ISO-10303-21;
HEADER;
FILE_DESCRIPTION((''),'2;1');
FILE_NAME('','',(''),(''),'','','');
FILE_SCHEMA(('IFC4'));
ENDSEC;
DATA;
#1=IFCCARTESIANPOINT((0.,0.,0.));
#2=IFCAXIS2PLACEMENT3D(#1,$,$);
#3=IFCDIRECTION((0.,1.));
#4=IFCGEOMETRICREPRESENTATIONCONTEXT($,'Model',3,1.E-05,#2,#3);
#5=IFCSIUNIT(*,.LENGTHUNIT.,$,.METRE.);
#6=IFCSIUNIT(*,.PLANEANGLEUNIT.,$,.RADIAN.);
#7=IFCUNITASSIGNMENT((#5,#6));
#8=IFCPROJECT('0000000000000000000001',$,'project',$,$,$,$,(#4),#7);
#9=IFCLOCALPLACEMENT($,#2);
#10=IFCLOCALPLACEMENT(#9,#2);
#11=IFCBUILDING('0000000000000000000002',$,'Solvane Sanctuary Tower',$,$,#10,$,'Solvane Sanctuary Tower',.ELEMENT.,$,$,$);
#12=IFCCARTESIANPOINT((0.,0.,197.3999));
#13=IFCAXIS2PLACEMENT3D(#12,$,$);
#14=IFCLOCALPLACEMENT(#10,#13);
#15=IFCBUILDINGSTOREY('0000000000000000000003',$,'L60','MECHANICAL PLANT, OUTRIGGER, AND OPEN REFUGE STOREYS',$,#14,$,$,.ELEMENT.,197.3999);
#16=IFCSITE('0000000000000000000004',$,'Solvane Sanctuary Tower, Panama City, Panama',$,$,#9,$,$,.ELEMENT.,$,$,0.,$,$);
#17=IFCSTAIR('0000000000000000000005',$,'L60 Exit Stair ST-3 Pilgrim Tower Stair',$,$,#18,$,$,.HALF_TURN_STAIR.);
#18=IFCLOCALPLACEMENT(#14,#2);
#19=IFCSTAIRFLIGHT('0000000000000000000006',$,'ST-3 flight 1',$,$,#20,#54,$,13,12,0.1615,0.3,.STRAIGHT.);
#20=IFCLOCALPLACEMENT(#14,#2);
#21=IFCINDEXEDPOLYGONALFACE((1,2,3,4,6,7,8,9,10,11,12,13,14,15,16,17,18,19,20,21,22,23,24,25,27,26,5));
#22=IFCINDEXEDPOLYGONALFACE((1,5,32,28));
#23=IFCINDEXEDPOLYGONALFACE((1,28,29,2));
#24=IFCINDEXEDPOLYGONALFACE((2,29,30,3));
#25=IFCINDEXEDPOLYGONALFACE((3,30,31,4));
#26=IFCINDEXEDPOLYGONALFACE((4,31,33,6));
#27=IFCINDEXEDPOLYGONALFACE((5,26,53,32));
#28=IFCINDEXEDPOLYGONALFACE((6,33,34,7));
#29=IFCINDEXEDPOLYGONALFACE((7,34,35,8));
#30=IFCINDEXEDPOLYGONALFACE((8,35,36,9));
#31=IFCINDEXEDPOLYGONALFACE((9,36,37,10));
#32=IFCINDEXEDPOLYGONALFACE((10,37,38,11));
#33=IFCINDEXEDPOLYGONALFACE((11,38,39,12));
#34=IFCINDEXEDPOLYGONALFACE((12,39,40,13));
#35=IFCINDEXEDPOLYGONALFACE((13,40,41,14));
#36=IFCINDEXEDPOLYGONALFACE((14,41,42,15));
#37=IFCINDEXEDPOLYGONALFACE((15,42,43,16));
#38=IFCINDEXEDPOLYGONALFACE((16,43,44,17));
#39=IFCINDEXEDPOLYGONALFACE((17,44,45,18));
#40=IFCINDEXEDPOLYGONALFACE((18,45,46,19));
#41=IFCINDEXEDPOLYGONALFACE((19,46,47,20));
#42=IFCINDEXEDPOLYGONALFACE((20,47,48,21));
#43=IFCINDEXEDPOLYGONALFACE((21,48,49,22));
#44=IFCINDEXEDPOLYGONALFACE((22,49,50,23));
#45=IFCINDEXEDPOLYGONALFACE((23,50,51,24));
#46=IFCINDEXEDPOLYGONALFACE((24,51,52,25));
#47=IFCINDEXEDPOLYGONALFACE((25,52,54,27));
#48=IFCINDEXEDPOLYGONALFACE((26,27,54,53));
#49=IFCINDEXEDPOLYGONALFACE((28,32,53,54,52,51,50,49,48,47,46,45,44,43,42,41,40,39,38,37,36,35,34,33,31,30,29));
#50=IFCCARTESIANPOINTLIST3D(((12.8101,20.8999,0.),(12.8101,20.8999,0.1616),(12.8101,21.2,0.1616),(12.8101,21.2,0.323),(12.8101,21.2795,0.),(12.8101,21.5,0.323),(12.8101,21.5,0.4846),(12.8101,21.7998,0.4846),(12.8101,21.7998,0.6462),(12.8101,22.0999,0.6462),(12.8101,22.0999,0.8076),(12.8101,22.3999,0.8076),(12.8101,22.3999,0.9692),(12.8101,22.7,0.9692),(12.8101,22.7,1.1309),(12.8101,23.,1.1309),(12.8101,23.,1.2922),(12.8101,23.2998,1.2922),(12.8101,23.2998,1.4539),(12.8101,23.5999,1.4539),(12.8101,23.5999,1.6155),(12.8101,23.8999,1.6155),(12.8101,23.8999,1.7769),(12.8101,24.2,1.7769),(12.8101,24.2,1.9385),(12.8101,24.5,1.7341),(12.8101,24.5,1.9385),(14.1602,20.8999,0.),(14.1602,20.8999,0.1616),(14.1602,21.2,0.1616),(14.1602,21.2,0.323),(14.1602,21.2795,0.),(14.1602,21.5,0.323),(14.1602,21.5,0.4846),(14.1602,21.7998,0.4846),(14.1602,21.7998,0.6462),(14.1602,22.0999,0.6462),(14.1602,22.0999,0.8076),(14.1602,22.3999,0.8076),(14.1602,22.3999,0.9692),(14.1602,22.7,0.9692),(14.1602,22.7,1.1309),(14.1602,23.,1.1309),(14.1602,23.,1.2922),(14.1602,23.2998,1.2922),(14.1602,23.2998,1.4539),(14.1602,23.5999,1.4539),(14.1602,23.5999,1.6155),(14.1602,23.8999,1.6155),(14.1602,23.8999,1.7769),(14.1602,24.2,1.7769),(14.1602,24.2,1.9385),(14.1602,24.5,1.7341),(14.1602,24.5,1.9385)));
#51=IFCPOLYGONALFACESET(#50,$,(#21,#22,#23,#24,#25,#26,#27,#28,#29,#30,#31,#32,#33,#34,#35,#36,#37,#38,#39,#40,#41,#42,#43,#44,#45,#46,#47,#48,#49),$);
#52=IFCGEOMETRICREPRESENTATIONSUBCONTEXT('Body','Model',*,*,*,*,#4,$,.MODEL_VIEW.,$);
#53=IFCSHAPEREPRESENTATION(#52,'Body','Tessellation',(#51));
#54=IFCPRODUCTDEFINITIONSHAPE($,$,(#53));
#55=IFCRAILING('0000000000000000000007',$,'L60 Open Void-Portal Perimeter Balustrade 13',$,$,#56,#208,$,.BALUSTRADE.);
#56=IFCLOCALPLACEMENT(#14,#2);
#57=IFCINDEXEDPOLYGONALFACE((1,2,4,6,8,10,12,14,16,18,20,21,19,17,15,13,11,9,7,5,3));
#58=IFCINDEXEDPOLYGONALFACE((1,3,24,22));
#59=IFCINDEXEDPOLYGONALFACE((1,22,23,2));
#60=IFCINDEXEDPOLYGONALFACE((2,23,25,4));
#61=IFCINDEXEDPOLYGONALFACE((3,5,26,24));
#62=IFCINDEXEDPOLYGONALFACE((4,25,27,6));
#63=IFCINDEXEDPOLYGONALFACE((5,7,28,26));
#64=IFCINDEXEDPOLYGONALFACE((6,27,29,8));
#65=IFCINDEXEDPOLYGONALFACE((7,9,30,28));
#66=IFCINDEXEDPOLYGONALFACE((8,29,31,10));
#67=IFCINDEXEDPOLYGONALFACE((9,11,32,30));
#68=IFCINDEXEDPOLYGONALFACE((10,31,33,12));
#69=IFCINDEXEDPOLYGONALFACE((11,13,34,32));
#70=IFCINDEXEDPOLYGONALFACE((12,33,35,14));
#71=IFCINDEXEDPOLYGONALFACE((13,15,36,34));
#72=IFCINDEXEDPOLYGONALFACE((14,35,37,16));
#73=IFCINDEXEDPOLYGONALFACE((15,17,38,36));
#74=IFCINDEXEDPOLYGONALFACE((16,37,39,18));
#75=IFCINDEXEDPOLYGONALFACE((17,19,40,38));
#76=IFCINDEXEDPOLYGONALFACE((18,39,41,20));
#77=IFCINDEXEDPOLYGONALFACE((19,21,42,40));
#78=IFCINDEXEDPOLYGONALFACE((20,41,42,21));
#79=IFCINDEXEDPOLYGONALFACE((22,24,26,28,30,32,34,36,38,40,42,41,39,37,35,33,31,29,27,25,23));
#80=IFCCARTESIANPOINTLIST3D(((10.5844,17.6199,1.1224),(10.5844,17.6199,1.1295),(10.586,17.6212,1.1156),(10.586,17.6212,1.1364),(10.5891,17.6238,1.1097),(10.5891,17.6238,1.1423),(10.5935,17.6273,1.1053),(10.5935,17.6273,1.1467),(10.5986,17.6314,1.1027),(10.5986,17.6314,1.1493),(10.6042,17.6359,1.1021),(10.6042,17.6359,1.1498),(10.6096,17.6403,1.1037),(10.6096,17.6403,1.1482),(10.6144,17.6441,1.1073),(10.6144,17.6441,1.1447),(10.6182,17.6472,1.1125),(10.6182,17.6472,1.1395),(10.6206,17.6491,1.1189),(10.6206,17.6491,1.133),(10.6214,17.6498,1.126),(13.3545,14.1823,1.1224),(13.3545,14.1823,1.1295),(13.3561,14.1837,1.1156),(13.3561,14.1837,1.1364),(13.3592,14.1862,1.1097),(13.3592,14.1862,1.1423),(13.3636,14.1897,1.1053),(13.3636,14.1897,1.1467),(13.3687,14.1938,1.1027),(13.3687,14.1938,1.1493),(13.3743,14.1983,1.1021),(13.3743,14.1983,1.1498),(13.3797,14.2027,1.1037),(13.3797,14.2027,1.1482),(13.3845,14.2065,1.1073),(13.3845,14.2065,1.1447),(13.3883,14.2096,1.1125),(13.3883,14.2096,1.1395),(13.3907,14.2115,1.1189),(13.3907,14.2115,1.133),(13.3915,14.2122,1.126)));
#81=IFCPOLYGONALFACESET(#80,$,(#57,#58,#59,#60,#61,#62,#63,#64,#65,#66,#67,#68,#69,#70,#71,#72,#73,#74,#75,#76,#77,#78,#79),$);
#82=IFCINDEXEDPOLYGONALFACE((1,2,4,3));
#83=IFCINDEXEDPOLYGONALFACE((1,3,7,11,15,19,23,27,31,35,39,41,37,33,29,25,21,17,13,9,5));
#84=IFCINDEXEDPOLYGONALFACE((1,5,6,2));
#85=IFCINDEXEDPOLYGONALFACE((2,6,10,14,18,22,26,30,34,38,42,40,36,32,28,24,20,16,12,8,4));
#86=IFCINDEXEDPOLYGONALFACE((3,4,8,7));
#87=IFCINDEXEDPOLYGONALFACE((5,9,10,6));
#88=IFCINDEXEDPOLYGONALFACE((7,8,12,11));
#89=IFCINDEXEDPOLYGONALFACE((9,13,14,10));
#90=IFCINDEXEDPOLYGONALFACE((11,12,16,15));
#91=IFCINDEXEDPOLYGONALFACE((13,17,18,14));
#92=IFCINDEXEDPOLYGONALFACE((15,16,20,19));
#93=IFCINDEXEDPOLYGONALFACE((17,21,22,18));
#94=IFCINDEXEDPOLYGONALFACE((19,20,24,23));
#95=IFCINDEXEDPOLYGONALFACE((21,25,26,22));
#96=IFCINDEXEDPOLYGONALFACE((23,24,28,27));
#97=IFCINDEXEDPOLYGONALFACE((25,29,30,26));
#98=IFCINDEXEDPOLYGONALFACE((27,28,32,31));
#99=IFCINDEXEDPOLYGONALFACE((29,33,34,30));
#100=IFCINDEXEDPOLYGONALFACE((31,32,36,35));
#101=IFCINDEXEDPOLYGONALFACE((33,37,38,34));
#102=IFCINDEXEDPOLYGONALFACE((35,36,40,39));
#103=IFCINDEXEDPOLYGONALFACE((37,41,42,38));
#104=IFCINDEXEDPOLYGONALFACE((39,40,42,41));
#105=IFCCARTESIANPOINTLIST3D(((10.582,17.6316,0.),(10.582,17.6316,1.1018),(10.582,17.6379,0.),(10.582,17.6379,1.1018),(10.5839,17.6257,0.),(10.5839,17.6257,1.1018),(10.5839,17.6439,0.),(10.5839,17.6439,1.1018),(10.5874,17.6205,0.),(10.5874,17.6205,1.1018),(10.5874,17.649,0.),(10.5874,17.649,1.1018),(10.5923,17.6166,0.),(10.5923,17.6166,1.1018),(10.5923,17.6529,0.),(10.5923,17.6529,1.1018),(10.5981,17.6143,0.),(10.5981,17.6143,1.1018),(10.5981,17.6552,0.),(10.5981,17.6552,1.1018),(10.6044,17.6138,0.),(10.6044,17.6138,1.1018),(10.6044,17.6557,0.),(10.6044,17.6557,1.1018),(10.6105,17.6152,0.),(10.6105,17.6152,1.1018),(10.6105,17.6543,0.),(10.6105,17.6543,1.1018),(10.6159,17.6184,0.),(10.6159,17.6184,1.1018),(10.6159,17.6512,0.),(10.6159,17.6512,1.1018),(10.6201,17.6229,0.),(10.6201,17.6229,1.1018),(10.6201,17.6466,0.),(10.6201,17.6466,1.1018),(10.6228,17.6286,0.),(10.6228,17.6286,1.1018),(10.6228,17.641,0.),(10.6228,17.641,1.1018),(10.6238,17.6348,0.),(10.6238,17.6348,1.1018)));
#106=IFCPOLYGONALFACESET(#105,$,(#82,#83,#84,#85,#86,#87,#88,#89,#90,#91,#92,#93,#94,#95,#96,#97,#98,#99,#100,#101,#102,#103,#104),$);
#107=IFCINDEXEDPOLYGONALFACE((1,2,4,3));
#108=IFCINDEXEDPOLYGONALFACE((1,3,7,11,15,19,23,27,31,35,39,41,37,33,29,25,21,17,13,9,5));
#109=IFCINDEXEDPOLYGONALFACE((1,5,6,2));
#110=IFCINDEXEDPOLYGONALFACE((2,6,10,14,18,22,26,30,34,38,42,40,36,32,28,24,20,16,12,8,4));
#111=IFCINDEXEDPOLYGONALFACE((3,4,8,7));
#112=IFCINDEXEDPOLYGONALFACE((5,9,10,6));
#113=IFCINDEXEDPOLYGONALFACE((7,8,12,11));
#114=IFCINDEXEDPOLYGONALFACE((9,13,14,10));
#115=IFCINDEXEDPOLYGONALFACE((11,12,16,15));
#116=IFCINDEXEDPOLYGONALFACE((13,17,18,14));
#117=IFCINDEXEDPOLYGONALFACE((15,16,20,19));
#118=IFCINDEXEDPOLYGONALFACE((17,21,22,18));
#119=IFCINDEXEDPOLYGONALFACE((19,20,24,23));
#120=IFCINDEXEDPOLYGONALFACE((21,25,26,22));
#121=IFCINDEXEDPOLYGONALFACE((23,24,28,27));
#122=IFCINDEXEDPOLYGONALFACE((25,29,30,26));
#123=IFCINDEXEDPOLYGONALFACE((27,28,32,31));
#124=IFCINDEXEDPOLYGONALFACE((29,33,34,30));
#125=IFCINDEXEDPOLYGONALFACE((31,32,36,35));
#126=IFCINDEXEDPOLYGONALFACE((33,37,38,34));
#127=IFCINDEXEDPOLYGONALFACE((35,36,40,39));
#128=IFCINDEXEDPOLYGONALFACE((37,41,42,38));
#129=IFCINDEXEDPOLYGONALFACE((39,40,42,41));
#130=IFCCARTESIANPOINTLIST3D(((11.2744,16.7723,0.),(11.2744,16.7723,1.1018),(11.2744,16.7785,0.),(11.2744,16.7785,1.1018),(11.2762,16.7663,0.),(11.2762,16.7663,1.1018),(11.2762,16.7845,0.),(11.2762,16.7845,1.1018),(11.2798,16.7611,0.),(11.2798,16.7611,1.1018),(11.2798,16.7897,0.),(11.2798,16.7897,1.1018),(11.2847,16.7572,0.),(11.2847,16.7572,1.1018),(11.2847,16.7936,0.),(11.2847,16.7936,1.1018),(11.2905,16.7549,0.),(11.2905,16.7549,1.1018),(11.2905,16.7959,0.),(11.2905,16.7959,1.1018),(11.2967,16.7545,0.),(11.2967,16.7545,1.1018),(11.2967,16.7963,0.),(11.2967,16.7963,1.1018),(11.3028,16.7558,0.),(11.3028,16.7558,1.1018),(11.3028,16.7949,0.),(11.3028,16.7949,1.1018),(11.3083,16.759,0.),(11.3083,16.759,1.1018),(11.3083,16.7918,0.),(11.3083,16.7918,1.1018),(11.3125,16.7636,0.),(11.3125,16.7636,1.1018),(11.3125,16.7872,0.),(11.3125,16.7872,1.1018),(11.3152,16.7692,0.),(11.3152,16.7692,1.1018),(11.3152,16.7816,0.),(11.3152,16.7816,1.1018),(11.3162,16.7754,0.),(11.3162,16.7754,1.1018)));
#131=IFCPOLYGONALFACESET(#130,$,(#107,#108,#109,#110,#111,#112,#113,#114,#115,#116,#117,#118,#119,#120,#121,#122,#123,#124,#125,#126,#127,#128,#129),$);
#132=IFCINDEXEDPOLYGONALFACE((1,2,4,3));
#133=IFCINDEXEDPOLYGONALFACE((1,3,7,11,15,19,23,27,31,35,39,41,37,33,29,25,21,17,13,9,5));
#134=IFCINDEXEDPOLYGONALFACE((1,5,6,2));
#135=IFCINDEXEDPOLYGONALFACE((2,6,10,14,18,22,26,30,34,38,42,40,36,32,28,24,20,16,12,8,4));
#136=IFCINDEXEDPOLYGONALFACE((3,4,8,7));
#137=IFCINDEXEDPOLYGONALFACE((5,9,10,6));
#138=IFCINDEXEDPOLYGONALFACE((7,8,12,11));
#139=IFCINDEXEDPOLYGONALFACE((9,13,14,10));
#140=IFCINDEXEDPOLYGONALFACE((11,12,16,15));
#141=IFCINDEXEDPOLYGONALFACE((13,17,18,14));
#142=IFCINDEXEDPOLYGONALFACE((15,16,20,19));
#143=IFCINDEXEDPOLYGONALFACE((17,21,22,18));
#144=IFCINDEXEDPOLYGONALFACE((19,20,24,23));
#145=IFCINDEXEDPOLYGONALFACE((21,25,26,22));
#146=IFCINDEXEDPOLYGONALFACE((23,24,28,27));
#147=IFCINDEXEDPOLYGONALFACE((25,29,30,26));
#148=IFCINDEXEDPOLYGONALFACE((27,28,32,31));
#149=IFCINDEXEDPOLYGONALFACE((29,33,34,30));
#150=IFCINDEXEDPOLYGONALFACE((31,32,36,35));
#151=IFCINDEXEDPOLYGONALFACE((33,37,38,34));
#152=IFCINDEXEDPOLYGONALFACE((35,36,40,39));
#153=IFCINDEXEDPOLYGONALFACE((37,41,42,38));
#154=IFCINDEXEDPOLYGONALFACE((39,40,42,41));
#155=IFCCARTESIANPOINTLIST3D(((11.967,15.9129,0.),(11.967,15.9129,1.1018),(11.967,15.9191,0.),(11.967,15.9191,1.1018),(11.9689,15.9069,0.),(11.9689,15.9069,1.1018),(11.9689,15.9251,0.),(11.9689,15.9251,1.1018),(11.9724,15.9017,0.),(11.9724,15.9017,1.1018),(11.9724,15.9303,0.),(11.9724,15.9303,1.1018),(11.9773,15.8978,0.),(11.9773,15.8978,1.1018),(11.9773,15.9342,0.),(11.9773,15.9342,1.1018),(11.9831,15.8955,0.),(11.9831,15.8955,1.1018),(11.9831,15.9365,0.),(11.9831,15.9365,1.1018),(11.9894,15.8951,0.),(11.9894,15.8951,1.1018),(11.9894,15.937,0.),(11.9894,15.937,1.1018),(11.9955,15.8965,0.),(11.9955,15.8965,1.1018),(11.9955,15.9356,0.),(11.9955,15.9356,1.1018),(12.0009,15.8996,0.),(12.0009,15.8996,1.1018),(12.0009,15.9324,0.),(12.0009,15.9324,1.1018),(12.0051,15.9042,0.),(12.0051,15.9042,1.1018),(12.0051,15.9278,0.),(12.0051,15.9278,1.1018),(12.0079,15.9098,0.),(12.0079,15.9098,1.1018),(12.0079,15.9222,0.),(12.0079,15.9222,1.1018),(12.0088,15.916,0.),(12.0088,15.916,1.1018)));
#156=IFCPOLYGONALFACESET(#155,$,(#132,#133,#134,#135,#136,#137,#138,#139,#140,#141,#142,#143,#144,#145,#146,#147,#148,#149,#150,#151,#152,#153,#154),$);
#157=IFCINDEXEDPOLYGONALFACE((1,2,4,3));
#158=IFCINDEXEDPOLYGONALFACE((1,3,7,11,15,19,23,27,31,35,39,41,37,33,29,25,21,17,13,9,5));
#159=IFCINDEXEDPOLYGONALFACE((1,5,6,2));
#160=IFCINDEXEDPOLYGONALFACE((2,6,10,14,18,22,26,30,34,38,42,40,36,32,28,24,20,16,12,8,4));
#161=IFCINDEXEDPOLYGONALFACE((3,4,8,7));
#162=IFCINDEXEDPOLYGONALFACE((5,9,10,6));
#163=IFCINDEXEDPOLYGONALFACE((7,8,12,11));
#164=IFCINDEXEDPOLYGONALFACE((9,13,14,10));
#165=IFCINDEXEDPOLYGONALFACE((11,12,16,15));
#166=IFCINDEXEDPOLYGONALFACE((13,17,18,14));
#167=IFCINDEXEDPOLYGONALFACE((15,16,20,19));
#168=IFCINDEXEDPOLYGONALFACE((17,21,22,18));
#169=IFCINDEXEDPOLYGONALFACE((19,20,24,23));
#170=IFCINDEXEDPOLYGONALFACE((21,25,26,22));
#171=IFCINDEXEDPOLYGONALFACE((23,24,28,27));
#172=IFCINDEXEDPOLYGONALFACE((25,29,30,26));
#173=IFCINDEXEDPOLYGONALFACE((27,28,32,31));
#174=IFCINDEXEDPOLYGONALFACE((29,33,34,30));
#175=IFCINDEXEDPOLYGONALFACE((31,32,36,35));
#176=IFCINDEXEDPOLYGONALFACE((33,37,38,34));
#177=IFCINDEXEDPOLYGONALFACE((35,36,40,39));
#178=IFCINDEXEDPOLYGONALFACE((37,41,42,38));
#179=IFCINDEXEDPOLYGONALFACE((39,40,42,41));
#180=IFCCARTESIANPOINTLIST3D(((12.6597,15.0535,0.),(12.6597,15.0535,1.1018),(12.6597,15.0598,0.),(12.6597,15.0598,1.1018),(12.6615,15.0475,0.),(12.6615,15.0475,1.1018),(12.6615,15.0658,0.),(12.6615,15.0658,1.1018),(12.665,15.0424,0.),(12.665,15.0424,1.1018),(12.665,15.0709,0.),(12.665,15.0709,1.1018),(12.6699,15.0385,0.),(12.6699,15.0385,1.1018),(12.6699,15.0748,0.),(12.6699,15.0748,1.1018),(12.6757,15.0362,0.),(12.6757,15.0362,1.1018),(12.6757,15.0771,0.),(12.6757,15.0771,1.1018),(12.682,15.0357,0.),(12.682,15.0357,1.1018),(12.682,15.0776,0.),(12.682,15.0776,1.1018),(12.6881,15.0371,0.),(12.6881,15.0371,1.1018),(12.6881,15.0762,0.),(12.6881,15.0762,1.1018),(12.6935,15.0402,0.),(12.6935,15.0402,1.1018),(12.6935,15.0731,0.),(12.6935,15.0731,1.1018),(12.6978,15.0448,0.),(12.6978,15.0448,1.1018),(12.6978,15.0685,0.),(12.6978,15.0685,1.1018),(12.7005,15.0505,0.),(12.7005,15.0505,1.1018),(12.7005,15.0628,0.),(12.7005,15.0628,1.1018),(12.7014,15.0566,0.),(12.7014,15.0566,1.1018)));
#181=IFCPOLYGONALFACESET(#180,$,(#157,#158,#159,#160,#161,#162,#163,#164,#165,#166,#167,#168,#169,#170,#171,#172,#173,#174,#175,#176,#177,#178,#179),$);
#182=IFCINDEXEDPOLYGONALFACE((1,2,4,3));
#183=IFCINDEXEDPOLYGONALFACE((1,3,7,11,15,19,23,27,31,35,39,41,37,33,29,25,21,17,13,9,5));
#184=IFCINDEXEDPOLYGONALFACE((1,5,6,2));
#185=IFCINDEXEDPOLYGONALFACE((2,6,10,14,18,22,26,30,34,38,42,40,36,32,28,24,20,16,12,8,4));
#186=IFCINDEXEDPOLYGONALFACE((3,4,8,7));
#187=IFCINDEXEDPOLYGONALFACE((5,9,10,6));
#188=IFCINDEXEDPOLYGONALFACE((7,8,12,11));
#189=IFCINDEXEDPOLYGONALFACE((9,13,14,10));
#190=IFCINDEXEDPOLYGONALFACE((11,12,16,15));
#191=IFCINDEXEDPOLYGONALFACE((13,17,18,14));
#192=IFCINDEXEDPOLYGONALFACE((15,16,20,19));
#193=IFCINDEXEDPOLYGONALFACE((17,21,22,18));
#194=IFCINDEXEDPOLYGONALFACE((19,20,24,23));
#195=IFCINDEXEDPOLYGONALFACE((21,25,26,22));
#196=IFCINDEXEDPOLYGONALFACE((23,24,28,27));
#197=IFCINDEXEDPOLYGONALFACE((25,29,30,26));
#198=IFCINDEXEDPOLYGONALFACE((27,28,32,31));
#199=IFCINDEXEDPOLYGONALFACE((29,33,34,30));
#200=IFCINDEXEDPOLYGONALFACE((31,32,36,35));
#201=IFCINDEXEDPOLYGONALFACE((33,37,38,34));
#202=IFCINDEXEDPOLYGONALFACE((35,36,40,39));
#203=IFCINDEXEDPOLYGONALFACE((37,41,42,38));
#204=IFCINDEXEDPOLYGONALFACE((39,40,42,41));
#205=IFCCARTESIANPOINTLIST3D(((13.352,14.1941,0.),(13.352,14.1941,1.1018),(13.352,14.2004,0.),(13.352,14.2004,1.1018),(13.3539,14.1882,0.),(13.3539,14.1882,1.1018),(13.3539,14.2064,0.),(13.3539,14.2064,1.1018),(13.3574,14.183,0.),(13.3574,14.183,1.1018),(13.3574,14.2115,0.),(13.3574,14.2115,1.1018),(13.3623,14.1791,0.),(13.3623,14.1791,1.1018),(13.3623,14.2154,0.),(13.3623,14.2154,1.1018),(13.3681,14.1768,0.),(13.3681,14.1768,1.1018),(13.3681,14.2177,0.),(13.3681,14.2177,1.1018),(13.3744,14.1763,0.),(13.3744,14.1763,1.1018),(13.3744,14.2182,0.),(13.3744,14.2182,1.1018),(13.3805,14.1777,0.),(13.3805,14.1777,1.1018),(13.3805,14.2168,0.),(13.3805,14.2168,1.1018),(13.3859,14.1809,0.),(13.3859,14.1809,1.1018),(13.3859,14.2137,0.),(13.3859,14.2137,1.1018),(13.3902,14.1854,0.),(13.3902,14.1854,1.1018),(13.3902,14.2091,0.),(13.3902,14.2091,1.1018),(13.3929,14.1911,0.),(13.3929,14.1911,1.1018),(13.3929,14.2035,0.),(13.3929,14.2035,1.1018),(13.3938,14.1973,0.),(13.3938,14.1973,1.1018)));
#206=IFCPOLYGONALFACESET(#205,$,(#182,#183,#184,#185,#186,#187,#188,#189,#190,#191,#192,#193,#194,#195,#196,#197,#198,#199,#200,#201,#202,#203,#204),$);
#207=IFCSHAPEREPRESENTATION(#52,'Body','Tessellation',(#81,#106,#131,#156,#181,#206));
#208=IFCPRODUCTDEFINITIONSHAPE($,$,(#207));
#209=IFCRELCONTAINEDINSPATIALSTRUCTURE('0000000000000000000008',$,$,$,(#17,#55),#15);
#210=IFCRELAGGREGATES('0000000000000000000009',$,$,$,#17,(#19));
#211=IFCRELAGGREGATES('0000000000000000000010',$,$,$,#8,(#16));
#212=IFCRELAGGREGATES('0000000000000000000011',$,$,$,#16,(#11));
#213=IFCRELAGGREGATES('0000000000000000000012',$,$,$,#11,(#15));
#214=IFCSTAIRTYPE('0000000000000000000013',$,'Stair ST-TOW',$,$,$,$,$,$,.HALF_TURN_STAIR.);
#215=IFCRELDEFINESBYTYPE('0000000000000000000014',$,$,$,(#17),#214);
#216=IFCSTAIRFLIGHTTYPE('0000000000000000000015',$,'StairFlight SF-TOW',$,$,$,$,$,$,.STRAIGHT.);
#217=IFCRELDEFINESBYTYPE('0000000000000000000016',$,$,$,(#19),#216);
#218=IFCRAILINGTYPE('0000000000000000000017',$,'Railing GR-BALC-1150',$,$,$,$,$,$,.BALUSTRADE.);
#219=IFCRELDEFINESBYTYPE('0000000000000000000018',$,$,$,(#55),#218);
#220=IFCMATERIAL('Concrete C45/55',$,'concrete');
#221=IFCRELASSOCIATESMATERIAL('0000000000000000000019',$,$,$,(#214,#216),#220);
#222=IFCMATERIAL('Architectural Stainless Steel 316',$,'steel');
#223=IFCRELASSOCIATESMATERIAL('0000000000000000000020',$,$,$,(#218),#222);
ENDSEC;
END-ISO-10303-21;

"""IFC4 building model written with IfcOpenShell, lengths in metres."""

from ifc_helpers import new_model, si_unit, direction, frame, origin, origin_2d, place, context, subcontext, project, spatial, polyline, circle, outline, extrude, material, type_object, element, aggregate, save


model = new_model("IFC4")

# Units and contexts
model_context = context("Model", 3, precision=1e-05, world=origin(), true_north=direction((0.0, 1.0)))
body_context = subcontext(model_context, "Body", "Model", "MODEL_VIEW")
ifc_project = project(units=[si_unit("LENGTHUNIT", "METRE"), si_unit("PLANEANGLEUNIT", "RADIAN")], contexts=[model_context])

# Site, building, storey
site_placement = place(None, origin())
site = spatial("IfcSite", under=ifc_project, at=site_placement, Name="Solvane Sanctuary Tower, Panama City, Panama", CompositionType="ELEMENT", RefElevation=0.0)
building_placement = place(site_placement, origin())
building = spatial("IfcBuilding", under=site, at=building_placement, Name="Solvane Sanctuary Tower", LongName="Solvane Sanctuary Tower", CompositionType="ELEMENT")
storey_placement = place(building_placement, frame((0.0, 0.0, 197.3999)))
storey = spatial("IfcBuildingStorey", under=building, at=storey_placement, Name="L60", Description="MECHANICAL PLANT, OUTRIGGER, AND OPEN REFUGE STOREYS", CompositionType="ELEMENT", Elevation=197.3999)

# Stair
ifc_material_1 = material(Name="Concrete C45/55", Category="concrete")
stair_type = type_object("IfcStairType", Name="Stair ST-TOW", PredefinedType="HALF_TURN_STAIR", material=ifc_material_1)
stair_1_placement = place(storey_placement, origin())
stair_1 = element("IfcStair", 1, at=stair_1_placement, inside=storey, type_object=stair_type, Name="L60 Exit Stair ST-3 Pilgrim Tower Stair", PredefinedType="HALF_TURN_STAIR")

# Shared definitions
ifc_material_2 = material(Name="Architectural Stainless Steel 316", Category="steel")

# Stair flight
stair_flight_type = type_object("IfcStairFlightType", Name="StairFlight SF-TOW", PredefinedType="STRAIGHT", material=ifc_material_1)
stair_flight_1_placement = place(storey_placement, frame((13.4851, 20.8999, 0.0), z_axis=(0.0, 0.0, 1.0), x_axis=(0.0, 1.0, 0.0)))
stair_flight_1 = element("IfcStairFlight", 2, at=stair_flight_1_placement, type_object=stair_flight_type, Name="ST-3 flight 1", NumberOfRisers=13, NumberOfTreads=12, PredefinedType="STRAIGHT", RiserHeight=0.1615, TreadLength=0.3, context=body_context, shape_type="SweptSolid", body=[
    extrude(outline(polyline([(0.0, 0.0), (0.0, 0.1616), (0.3, 0.1616), (0.3, 0.323), (0.6001, 0.323), (0.6001, 0.4846), (0.8999, 0.4846), (0.8999, 0.6462), (1.2, 0.6462), (1.2, 0.8076), (1.5, 0.8076), (1.5, 0.9692), (1.8, 0.9692), (1.8, 1.1309), (2.1001, 1.1309), (2.1001, 1.2922), (2.3999, 1.2922), (2.3999, 1.4539), (2.7, 1.4539), (2.7, 1.6155), (3.0, 1.6155), (3.0, 1.7769), (3.3, 1.7769), (3.3, 1.9385), (3.6001, 1.9385), (3.6001, 2.1001), (3.6001, 1.7341), (0.3796, 0.0), (0.0, 0.0)])), frame((0.0, 0.675, 0.0), z_axis=(0.0, -1.0, 0.0), x_axis=(1.0, 0.0, 0.0)), (0.0, 0.0, 1.0), 1.3501),
])
aggregate(stair_1, [stair_flight_1])

# Railing
railing_type_1 = type_object("IfcRailingType", Name="Railing GR-BALC-1150", PredefinedType="BALUSTRADE", material=ifc_material_2)
railing_1_placement = place(storey_placement, frame((10.6028, 17.6348, 0.0)))
element("IfcRailing", 3, at=railing_1_placement, inside=storey, type_object=railing_type_1, Name="L60 Open Void-Portal Perimeter Balustrade 13", PredefinedType="BALUSTRADE", context=body_context, shape_type="SweptSolid", body=[
    extrude(circle(Radius=0.0239, at=origin_2d()), frame((0.0, 0.0, 1.126), z_axis=(0.627456, -0.778652, 0.0), x_axis=(0.778652, 0.627456, 0.0)), (0.0, 0.0, 1.0), 4.4148),
    extrude(circle(Radius=0.021, at=origin_2d()), origin(), (0.0, 0.0, 1.0), 1.1018),
    extrude(circle(Radius=0.021, at=origin_2d()), frame((0.6924, -0.8594, 0.0)), (0.0, 0.0, 1.0), 1.1018),
    extrude(circle(Radius=0.021, at=origin_2d()), frame((1.385, -1.7188, 0.0)), (0.0, 0.0, 1.0), 1.1018),
    extrude(circle(Radius=0.021, at=origin_2d()), frame((2.0776, -2.5781, 0.0)), (0.0, 0.0, 1.0), 1.1018),
    extrude(circle(Radius=0.021, at=origin_2d()), frame((2.77, -3.4375, 0.0)), (0.0, 0.0, 1.0), 1.1018),
])

save(model, "model.ifc")
